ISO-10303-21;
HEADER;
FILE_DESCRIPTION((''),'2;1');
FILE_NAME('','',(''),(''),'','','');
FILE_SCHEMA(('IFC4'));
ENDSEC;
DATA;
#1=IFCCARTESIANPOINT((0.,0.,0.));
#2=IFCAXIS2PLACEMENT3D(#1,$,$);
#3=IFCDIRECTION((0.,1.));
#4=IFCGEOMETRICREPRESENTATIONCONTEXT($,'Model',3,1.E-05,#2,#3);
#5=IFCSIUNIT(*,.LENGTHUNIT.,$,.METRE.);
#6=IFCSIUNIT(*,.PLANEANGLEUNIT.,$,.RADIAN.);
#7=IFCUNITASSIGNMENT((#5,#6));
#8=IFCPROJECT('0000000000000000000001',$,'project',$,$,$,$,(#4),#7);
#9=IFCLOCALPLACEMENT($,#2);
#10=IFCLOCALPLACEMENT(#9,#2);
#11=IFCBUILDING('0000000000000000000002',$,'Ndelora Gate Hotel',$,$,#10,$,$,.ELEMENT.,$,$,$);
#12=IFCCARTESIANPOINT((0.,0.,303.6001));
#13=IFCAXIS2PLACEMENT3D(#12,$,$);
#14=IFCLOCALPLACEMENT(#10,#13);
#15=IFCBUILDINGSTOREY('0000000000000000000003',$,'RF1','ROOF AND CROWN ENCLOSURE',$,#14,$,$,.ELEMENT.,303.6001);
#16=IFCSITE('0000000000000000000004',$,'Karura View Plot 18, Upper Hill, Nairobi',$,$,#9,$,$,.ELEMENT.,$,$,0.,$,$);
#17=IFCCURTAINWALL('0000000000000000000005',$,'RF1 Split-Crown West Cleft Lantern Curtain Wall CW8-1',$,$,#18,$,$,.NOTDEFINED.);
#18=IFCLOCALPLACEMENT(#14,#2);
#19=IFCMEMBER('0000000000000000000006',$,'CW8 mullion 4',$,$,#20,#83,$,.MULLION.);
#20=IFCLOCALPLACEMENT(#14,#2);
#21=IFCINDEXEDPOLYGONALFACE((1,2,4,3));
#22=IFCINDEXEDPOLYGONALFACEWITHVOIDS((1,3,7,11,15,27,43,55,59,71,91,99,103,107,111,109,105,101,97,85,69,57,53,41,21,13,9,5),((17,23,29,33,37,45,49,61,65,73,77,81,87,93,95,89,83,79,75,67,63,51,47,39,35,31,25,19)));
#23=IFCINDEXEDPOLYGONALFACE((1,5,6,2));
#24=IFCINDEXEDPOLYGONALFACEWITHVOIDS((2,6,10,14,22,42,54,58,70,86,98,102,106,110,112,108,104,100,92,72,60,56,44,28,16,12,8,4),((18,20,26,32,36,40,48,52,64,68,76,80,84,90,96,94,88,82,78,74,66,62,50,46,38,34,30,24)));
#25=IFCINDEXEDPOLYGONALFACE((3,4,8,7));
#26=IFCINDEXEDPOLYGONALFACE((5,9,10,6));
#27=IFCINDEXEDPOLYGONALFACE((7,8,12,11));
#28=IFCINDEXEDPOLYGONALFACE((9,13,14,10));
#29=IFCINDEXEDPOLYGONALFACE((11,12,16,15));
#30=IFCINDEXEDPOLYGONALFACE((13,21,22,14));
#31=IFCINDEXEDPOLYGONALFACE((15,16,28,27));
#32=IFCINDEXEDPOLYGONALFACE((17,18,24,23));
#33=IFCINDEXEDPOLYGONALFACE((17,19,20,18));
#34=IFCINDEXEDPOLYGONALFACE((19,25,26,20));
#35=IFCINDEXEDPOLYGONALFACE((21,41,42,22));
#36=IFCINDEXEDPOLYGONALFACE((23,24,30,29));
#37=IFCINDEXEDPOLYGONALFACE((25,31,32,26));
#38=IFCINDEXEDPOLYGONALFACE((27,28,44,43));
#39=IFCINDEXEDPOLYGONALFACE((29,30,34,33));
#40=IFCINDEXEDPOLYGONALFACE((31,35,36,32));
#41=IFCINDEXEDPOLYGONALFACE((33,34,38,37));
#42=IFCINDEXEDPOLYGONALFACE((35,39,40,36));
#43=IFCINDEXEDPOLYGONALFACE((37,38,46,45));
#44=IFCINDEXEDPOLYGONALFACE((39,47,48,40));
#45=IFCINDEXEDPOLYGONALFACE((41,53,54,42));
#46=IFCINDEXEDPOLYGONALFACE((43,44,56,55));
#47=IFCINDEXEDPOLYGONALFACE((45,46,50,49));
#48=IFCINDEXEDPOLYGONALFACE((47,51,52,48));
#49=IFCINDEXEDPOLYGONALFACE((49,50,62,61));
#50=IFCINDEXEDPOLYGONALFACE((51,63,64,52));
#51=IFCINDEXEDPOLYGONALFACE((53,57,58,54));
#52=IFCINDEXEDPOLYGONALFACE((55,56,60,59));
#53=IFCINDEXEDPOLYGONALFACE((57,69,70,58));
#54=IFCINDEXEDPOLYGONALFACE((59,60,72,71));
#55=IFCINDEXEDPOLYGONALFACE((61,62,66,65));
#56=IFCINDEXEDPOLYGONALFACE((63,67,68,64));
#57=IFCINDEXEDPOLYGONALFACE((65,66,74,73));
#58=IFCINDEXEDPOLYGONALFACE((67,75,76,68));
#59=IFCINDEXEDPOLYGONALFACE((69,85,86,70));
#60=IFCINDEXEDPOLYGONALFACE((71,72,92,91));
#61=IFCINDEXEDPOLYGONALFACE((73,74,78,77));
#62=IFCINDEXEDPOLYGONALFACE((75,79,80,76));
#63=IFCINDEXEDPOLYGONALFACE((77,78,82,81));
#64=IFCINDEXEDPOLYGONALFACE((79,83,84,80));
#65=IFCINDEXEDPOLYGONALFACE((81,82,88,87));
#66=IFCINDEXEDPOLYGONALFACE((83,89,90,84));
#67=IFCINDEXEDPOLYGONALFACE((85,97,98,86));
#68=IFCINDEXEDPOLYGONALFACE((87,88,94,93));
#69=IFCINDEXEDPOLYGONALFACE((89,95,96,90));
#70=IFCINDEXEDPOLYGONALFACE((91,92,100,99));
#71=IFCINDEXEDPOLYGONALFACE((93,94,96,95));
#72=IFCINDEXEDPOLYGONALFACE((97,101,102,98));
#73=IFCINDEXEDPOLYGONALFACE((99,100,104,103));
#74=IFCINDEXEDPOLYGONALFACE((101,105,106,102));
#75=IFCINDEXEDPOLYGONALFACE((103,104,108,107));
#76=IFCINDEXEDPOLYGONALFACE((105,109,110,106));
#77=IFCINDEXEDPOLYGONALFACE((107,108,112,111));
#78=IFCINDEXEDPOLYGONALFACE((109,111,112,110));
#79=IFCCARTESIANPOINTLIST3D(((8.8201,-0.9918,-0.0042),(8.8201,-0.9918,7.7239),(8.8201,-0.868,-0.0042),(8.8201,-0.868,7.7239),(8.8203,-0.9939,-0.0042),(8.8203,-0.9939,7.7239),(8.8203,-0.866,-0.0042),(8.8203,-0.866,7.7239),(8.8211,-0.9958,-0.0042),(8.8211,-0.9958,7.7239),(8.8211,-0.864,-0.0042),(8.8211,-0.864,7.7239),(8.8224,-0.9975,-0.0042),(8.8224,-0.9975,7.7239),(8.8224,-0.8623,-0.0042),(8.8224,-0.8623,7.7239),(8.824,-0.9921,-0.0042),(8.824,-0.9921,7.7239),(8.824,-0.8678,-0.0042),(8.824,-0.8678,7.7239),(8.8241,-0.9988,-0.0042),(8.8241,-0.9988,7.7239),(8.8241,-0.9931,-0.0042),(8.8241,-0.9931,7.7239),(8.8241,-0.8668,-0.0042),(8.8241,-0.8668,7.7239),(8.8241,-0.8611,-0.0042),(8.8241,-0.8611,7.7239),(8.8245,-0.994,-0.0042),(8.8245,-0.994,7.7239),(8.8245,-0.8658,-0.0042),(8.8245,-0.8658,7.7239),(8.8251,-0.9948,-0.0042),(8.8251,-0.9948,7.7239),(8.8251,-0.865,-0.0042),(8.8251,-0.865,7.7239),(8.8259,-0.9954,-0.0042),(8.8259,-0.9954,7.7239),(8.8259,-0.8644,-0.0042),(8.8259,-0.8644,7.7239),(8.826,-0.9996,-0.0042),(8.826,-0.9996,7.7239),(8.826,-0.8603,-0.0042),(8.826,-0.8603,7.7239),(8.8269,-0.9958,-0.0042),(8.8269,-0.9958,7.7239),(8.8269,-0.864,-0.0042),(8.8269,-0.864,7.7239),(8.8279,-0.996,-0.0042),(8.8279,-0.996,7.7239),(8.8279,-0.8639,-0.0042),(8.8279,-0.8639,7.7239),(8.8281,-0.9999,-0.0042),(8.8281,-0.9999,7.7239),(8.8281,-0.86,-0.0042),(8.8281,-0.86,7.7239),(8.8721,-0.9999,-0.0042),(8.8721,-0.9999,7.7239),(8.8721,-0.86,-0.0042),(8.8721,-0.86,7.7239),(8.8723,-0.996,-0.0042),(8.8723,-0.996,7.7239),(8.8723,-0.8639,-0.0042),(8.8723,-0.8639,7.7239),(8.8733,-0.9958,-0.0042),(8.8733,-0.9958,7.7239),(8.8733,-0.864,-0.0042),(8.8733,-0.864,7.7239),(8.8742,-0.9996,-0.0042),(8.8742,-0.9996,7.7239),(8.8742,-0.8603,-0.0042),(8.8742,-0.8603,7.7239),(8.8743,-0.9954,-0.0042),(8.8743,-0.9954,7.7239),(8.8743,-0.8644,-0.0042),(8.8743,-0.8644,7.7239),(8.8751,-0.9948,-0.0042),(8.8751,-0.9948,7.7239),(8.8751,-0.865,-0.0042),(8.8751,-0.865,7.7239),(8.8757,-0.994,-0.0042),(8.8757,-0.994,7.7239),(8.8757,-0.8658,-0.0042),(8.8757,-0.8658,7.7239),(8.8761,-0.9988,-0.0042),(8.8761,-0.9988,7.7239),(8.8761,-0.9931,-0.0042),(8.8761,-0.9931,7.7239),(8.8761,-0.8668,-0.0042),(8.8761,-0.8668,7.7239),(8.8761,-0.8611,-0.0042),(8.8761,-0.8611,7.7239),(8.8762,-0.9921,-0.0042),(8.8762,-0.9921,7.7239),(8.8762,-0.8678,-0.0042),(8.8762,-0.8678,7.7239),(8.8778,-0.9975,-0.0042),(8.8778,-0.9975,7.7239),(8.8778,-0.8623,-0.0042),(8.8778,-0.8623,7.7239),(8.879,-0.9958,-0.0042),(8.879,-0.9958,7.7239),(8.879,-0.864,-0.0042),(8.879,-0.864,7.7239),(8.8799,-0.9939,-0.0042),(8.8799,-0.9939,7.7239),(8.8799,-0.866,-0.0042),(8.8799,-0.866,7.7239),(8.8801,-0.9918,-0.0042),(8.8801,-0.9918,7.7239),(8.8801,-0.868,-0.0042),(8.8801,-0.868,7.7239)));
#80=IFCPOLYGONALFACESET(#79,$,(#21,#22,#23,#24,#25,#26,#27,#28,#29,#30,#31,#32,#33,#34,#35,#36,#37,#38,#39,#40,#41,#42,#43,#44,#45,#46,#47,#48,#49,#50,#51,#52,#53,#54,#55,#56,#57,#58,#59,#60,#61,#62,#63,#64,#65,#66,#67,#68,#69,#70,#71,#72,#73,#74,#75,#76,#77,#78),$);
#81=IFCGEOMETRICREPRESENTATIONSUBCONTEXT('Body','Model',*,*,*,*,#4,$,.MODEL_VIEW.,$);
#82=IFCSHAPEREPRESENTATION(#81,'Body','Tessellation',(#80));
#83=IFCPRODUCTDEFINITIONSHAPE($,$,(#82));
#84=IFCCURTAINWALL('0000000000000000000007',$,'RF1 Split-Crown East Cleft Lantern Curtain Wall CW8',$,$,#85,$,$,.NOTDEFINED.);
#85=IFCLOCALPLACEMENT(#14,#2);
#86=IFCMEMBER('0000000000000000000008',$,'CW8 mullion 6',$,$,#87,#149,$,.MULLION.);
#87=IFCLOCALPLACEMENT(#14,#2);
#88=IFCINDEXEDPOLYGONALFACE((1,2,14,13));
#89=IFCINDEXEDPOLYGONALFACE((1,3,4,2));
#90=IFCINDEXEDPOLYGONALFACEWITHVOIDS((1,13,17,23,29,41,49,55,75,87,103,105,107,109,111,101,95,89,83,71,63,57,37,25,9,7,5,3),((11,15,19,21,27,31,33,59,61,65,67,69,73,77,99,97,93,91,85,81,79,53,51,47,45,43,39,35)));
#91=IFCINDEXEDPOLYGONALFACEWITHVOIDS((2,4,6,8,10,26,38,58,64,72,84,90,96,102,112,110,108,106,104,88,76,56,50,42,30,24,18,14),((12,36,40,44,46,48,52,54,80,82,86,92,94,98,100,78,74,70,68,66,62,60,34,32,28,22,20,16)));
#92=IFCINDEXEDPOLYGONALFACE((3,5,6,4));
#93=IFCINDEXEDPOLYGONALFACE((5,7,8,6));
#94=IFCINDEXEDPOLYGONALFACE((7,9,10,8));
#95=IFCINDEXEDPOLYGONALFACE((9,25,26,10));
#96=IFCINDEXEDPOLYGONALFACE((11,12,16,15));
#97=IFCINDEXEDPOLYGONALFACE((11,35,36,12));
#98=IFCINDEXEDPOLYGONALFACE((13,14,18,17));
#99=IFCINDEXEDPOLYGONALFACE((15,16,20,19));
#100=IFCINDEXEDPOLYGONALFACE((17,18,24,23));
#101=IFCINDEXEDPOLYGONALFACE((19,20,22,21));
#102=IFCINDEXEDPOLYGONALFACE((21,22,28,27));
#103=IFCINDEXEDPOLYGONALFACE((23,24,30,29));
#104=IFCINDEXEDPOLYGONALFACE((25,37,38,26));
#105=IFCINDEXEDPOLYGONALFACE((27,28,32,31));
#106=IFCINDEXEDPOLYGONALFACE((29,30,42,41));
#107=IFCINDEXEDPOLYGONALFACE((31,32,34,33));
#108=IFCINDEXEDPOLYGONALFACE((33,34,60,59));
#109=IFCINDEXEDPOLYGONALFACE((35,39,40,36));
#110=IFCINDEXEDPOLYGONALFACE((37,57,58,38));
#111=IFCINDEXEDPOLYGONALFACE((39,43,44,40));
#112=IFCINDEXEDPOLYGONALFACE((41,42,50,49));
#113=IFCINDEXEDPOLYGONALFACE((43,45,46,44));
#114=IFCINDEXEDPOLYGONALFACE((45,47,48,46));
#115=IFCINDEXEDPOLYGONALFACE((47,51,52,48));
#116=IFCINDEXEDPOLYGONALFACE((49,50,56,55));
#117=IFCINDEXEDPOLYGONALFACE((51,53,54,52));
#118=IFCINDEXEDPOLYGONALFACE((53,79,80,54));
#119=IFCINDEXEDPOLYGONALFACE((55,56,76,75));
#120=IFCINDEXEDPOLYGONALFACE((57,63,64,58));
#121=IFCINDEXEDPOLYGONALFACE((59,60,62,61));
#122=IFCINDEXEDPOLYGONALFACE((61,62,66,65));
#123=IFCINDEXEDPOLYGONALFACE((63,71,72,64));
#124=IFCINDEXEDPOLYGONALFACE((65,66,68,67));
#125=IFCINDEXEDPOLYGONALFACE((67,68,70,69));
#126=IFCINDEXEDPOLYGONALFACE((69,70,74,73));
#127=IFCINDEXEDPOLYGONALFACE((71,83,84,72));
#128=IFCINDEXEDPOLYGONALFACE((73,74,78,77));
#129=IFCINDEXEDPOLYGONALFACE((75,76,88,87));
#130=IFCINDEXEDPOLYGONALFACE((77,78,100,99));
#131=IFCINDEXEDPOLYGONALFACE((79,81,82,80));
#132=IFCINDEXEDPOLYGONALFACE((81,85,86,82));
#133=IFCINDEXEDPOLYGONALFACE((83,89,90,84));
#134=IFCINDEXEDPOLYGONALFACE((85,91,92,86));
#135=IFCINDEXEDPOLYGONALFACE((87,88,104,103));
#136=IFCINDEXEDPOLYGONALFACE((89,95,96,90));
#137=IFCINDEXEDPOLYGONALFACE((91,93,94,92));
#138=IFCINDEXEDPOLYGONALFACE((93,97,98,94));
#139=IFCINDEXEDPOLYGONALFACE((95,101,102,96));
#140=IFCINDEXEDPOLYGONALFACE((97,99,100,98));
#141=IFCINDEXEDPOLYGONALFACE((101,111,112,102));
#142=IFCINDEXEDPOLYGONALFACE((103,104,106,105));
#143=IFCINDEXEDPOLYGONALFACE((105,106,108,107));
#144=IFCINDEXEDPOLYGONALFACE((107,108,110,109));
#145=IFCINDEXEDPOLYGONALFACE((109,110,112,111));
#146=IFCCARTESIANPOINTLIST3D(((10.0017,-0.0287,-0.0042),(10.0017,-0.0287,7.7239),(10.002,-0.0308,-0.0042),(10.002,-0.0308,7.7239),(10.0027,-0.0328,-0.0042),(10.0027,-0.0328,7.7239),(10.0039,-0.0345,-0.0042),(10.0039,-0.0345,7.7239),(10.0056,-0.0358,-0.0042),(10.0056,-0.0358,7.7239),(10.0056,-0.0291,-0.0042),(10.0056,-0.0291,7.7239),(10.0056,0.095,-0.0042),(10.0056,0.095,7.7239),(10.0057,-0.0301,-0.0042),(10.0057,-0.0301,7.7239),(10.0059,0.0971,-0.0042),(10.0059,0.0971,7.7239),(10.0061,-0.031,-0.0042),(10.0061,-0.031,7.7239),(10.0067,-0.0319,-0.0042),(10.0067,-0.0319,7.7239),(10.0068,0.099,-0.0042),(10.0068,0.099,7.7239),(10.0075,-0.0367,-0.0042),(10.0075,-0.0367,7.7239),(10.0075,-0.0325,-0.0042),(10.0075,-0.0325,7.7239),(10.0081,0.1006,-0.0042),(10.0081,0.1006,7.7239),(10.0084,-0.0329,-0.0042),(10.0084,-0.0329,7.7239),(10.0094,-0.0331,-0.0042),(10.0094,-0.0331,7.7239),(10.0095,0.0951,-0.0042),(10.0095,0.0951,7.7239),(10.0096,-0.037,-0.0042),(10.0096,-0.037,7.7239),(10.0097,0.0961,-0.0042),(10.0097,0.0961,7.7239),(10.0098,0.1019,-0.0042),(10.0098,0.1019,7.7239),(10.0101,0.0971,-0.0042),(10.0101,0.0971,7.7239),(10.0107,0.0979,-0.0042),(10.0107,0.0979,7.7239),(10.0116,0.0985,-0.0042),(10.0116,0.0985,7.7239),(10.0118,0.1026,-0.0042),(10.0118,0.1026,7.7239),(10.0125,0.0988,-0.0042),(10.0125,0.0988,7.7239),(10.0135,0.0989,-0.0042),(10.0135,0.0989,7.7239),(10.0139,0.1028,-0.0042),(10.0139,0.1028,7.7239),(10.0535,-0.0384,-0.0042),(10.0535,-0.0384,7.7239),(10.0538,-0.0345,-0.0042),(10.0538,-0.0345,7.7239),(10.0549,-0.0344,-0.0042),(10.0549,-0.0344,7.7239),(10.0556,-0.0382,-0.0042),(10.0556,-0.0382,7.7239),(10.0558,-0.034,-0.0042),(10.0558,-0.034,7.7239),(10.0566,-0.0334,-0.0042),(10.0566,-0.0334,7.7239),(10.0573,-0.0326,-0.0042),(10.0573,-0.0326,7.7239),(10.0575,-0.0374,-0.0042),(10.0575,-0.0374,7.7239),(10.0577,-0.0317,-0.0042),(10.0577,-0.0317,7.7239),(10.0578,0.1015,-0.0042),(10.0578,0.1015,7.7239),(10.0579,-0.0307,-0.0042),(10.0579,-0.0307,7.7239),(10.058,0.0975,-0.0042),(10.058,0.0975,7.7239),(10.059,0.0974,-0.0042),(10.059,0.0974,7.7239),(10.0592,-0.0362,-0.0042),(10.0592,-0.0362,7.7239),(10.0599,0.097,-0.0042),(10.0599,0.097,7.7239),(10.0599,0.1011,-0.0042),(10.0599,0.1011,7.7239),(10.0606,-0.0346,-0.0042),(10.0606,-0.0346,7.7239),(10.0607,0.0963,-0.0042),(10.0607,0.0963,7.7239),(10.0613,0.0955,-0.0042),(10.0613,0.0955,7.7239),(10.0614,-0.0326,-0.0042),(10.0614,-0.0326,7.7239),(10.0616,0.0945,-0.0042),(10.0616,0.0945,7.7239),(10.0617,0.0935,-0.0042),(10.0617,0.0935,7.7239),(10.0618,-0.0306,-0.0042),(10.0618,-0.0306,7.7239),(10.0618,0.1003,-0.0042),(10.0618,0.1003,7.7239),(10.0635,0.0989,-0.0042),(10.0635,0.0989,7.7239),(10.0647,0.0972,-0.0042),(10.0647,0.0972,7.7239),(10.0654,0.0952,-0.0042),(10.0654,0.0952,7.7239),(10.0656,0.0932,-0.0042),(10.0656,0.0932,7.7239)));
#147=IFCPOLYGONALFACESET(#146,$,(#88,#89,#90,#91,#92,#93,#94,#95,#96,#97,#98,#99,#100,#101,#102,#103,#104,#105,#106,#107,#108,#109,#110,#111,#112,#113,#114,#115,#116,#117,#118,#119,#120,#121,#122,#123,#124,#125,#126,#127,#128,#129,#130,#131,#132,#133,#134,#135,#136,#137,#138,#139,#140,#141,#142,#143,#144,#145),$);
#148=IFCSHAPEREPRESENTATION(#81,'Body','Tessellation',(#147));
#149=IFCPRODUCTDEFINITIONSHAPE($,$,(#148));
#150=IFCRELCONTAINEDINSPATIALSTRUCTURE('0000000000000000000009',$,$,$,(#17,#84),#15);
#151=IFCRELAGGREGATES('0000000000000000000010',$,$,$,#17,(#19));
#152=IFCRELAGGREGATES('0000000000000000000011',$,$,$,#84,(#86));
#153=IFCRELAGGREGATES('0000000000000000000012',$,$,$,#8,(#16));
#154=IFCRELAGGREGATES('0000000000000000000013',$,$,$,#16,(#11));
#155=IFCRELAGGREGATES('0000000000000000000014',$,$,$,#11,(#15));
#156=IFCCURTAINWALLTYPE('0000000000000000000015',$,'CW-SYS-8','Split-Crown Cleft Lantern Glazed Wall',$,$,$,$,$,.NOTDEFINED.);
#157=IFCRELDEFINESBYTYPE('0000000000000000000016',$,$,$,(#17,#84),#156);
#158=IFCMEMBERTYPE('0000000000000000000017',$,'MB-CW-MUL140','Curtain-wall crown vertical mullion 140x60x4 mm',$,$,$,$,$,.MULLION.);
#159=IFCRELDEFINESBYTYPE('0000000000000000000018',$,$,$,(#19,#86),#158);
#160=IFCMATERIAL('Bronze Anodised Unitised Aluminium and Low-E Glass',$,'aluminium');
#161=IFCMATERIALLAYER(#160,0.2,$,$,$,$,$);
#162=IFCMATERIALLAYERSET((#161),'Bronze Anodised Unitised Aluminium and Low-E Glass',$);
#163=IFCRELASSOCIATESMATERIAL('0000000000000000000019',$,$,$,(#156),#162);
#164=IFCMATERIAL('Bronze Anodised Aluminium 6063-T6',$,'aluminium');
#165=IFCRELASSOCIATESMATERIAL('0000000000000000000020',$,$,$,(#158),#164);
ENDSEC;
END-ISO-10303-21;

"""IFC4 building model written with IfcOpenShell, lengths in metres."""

from ifc_helpers import new_model, si_unit, direction, frame, origin, origin_2d, place, context, subcontext, project, spatial, hollow_rectangle, extrude, material, layer, layer_set, material_profile, profile_set, type_object, element, aggregate, save


model = new_model("IFC4")

# Units and contexts
model_context = context("Model", 3, precision=1e-05, world=origin(), true_north=direction((0.0, 1.0)))
body_context = subcontext(model_context, "Body", "Model", "MODEL_VIEW")
ifc_project = project(units=[si_unit("LENGTHUNIT", "METRE"), si_unit("PLANEANGLEUNIT", "RADIAN")], contexts=[model_context])

# Site, building, storey
site_placement = place(None, origin())
site = spatial("IfcSite", under=ifc_project, at=site_placement, Name="Karura View Plot 18, Upper Hill, Nairobi", CompositionType="ELEMENT", RefElevation=0.0)
building_placement = place(site_placement, origin())
building = spatial("IfcBuilding", under=site, at=building_placement, Name="Ndelora Gate Hotel", CompositionType="ELEMENT")
storey_placement = place(building_placement, frame((0.0, 0.0, 303.6001)))
storey = spatial("IfcBuildingStorey", under=building, at=storey_placement, Name="RF1", Description="ROOF AND CROWN ENCLOSURE", CompositionType="ELEMENT", Elevation=303.6001)

# Curtain walls, members
ifc_material_1 = material(Name="Bronze Anodised Unitised Aluminium and Low-E Glass", Category="aluminium")
ifc_layer_1 = layer(ifc_material_1, 0.2)
ifc_layer_set_1 = layer_set([ifc_layer_1], Name="Bronze Anodised Unitised Aluminium and Low-E Glass")
curtain_wall_type = type_object("IfcCurtainWallType", Name="CW-SYS-8", Description="Split-Crown Cleft Lantern Glazed Wall", PredefinedType="NOTDEFINED", material=ifc_layer_set_1)
curtain_wall_1_placement = place(storey_placement, origin())
curtain_wall_1 = element("IfcCurtainWall", 1, at=curtain_wall_1_placement, inside=storey, type_object=curtain_wall_type, Name="RF1 Split-Crown West Cleft Lantern Curtain Wall CW8-1", PredefinedType="NOTDEFINED")
ifc_material_2 = material(Name="Bronze Anodised Aluminium 6063-T6", Category="aluminium")
ifc_material_profile_1 = material_profile(ifc_material_2, hollow_rectangle(XDim=0.0601, YDim=0.1399, WallThickness=0.0039, InnerFilletRadius=0.0039, OuterFilletRadius=0.0081, at=origin_2d()), Name="ALU 140x60x4")
ifc_profile_set_1 = profile_set([ifc_material_profile_1], Name="Bronze Anodised Aluminium 6063-T6")
member_type_1 = type_object("IfcMemberType", Name="MB-CW-MUL140", Description="Curtain-wall crown vertical mullion 140x60x4 mm", PredefinedType="MULLION", material=ifc_profile_set_1)
member_1_placement = place(storey_placement, frame((8.8501, -0.9299, -0.0042), z_axis=(0.0, 0.0, 1.0), x_axis=(-1.0, 0.0, 0.0)))
member_1 = element("IfcMember", 2, at=member_1_placement, type_object=member_type_1, Name="CW8 mullion 4", PredefinedType="MULLION", context=body_context, shape_type="SweptSolid", body=[
    extrude(hollow_rectangle(XDim=0.0601, YDim=0.1399, WallThickness=0.0039, InnerFilletRadius=0.0039, OuterFilletRadius=0.0081, at=origin_2d()), origin(), (0.0, 0.0, 1.0), 7.728),
])
curtain_wall_2_placement = place(storey_placement, origin())
curtain_wall_2 = element("IfcCurtainWall", 3, at=curtain_wall_2_placement, inside=storey, type_object=curtain_wall_type, Name="RF1 Split-Crown East Cleft Lantern Curtain Wall CW8", PredefinedType="NOTDEFINED")
member_2_placement = place(storey_placement, frame((10.0337, 0.0322, -0.0042), z_axis=(0.0, 0.0, 1.0), x_axis=(0.999515, -0.031131, 0.0)))
member_2 = element("IfcMember", 4, at=member_2_placement, type_object=member_type_1, Name="CW8 mullion 6", PredefinedType="MULLION", context=body_context, shape_type="SweptSolid", body=[
    extrude(hollow_rectangle(XDim=0.0601, YDim=0.1399, WallThickness=0.0039, InnerFilletRadius=0.0039, OuterFilletRadius=0.0081, at=origin_2d()), origin(), (0.0, 0.0, 1.0), 7.728),
])

aggregate(curtain_wall_1, [member_1])
aggregate(curtain_wall_2, [member_2])

save(model, "model.ifc")
